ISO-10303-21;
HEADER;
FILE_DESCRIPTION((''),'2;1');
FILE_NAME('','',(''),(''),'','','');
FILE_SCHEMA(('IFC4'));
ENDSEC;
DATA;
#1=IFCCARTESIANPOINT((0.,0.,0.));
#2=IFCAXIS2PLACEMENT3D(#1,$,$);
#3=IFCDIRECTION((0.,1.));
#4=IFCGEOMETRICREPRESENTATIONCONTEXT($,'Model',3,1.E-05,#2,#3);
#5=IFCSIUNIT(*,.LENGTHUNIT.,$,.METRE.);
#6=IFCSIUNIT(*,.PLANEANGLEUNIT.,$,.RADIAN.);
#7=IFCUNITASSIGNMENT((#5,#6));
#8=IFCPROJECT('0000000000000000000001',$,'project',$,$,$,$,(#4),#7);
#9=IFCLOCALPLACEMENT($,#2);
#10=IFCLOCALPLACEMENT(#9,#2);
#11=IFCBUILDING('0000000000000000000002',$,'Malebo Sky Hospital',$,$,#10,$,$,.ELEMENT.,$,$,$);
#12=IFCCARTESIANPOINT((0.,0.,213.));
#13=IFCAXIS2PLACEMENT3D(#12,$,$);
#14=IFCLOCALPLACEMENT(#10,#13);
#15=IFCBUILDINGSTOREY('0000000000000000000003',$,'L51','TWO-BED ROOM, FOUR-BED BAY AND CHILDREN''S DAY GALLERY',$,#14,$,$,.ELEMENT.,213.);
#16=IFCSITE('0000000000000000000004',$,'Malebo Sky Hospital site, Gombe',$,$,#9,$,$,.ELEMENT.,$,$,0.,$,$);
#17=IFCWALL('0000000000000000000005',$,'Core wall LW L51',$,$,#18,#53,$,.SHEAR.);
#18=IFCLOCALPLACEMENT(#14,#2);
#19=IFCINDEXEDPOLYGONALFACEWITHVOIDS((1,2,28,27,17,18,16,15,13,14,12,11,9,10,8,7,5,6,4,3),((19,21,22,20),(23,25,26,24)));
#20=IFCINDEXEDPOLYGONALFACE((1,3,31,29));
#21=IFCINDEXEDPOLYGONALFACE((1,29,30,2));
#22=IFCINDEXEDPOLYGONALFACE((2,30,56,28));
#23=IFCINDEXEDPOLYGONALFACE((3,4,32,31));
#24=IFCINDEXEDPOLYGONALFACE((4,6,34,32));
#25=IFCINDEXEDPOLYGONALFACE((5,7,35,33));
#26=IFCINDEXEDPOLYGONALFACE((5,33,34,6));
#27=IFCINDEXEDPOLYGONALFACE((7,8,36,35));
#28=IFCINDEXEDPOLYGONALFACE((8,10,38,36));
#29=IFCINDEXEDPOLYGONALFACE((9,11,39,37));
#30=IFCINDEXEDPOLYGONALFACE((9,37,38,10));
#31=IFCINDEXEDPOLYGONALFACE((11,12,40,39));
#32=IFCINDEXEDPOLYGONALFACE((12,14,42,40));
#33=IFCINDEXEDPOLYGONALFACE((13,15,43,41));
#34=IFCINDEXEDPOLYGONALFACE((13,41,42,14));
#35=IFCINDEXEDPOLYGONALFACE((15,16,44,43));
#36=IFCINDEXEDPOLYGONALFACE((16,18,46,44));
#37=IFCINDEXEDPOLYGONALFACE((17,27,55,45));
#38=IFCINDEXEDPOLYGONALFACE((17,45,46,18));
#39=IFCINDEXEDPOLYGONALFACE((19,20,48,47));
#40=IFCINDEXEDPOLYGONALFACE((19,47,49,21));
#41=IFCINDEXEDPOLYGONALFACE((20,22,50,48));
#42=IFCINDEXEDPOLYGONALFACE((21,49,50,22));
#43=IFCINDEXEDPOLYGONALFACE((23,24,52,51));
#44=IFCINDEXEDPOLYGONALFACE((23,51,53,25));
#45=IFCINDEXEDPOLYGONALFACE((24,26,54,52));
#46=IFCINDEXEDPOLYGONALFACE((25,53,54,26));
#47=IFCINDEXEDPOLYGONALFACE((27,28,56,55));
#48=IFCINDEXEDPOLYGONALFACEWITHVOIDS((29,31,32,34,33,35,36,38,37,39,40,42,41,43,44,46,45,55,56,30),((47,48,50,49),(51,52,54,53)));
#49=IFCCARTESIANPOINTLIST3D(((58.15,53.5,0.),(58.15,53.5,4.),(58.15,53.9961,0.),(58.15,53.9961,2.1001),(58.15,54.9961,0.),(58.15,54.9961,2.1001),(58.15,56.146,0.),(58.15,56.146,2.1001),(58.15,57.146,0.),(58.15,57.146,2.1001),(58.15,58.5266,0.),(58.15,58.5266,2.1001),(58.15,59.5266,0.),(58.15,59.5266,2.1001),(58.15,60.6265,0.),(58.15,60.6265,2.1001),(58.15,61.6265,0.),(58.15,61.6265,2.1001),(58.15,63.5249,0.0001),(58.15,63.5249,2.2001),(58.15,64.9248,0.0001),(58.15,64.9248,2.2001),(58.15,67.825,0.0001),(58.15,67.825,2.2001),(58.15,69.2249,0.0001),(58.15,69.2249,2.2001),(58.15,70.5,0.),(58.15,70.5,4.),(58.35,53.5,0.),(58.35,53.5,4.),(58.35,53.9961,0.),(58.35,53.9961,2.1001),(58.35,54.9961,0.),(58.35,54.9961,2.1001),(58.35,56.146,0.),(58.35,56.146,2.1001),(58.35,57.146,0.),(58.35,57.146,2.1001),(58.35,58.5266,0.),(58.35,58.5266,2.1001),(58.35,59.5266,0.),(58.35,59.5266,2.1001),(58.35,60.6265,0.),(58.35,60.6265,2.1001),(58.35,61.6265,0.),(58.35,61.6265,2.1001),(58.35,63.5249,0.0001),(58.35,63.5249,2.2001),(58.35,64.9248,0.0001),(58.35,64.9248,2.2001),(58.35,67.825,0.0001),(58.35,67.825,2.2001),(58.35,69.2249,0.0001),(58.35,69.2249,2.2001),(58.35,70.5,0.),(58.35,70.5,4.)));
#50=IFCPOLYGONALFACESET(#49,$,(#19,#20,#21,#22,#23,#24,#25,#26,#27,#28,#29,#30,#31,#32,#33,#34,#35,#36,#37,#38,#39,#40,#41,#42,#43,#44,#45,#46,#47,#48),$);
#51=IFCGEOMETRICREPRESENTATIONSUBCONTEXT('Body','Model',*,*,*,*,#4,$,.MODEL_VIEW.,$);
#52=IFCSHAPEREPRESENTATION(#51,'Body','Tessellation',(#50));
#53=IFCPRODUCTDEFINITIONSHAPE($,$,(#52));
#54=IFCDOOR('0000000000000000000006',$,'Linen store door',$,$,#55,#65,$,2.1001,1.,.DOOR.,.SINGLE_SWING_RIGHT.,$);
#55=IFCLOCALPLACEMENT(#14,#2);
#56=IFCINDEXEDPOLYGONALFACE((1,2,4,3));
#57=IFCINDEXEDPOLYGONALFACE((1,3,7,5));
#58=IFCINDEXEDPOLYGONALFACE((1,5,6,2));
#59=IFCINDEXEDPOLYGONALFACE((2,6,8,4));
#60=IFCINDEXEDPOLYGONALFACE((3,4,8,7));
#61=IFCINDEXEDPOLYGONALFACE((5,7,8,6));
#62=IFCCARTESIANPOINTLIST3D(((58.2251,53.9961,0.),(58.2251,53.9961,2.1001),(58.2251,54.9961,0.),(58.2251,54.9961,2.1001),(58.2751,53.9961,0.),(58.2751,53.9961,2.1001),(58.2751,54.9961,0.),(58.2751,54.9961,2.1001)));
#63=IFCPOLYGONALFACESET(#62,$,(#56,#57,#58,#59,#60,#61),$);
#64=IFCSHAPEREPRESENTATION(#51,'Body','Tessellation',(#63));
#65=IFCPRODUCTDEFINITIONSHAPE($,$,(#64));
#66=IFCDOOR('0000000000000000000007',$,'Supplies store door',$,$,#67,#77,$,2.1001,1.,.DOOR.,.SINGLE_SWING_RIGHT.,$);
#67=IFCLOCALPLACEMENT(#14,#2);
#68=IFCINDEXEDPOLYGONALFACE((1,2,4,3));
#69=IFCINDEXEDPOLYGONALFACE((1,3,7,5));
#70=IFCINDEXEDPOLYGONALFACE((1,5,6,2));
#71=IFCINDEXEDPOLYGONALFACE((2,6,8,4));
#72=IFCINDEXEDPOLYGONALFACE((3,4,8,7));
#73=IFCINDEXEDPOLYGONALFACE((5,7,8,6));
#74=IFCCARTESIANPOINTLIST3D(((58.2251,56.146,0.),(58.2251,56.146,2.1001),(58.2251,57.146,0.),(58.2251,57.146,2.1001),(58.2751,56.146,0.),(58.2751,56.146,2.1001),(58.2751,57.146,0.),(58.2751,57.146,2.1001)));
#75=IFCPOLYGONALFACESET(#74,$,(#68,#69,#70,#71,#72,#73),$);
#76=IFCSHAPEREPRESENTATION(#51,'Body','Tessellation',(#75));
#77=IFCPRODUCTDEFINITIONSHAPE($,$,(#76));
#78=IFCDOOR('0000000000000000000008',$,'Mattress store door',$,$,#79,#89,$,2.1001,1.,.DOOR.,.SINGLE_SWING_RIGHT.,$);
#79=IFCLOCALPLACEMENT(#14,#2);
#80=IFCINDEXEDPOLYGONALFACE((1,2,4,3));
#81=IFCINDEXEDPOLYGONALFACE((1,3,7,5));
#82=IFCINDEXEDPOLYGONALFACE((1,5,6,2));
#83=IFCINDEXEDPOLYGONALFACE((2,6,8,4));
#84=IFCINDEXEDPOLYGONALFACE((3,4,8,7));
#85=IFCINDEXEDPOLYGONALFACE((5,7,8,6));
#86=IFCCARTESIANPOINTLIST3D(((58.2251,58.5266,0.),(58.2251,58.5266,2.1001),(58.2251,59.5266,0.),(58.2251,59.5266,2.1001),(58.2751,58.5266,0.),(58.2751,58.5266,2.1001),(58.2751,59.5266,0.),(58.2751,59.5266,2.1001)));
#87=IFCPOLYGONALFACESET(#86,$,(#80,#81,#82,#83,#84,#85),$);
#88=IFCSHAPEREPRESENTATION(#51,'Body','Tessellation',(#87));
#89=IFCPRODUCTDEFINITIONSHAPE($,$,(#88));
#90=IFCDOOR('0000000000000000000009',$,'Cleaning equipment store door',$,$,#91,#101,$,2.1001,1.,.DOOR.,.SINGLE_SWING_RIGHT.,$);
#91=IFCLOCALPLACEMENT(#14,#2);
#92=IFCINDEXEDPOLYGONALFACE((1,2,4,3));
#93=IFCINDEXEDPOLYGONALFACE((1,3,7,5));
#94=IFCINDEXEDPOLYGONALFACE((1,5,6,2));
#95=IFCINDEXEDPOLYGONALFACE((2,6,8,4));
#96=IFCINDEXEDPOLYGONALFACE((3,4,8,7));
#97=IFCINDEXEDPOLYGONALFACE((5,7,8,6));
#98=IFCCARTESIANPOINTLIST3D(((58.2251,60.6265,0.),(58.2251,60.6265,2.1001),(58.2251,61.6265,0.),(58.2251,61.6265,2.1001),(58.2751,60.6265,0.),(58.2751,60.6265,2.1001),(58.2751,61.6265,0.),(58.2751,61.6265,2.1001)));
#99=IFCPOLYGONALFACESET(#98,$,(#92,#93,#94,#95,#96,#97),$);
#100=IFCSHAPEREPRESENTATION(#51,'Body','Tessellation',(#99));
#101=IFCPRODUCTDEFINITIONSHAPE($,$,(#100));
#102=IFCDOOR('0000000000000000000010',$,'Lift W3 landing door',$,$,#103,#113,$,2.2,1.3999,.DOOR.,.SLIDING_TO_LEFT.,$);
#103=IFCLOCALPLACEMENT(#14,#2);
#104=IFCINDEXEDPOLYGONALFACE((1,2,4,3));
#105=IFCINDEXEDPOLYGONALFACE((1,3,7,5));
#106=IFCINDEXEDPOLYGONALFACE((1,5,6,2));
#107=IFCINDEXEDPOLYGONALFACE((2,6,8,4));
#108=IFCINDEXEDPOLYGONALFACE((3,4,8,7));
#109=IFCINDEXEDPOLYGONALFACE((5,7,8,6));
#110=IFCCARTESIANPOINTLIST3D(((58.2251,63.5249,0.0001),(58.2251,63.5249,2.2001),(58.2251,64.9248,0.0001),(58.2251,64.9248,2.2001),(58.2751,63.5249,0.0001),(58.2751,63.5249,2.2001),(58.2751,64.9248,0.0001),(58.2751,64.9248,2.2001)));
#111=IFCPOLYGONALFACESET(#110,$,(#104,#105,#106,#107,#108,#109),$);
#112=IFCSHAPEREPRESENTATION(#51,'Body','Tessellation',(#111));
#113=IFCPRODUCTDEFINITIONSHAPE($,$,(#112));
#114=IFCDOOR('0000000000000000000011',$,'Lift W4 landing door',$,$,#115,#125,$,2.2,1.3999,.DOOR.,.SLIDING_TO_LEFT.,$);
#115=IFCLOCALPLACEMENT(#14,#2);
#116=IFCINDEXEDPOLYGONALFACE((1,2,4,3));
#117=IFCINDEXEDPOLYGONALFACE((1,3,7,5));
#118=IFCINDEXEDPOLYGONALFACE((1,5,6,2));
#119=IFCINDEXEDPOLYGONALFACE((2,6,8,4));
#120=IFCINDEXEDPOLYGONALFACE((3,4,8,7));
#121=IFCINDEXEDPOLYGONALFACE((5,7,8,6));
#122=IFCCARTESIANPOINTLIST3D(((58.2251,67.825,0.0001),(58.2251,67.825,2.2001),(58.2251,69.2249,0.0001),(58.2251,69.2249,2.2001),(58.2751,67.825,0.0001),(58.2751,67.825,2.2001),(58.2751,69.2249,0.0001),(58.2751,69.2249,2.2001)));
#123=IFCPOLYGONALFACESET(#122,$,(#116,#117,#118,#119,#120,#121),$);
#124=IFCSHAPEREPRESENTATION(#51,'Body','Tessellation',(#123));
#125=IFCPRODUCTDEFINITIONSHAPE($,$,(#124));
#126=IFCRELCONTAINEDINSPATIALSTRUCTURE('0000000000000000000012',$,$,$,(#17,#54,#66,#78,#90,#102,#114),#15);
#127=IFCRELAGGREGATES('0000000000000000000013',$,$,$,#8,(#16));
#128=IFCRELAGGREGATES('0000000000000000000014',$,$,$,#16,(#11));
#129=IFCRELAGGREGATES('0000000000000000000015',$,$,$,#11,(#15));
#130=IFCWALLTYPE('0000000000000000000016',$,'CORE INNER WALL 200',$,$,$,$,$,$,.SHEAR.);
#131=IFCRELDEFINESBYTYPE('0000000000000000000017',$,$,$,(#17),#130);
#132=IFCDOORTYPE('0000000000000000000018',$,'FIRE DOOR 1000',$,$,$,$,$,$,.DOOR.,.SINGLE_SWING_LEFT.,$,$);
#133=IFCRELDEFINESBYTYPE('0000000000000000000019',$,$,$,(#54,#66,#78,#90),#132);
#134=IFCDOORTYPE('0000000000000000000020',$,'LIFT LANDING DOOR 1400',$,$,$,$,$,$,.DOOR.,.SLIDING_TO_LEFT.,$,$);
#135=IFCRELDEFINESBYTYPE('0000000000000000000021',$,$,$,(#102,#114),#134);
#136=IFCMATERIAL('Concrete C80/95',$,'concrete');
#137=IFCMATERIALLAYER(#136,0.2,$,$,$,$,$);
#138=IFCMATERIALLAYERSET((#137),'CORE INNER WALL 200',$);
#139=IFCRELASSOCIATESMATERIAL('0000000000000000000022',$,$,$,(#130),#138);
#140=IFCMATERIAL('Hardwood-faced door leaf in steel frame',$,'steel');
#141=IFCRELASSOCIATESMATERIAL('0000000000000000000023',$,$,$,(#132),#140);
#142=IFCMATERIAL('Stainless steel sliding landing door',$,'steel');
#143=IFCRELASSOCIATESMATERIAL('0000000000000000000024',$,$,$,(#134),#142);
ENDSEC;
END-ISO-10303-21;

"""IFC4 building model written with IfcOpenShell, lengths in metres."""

from ifc_helpers import new_model, si_unit, direction, frame, frame_2d, origin, place, context, subcontext, project, spatial, rectangle, extrude, material, layer, layer_set, type_object, element, fill, save


model = new_model("IFC4")

# Units and contexts
model_context = context("Model", 3, precision=1e-05, world=origin(), true_north=direction((0.0, 1.0)))
body_context = subcontext(model_context, "Body", "Model", "MODEL_VIEW")
ifc_project = project(units=[si_unit("LENGTHUNIT", "METRE"), si_unit("PLANEANGLEUNIT", "RADIAN")], contexts=[model_context])

# Site, building, storey
site_placement = place(None, origin())
site = spatial("IfcSite", under=ifc_project, at=site_placement, Name="Malebo Sky Hospital site, Gombe", CompositionType="ELEMENT", RefElevation=0.0)
building_placement = place(site_placement, origin())
building = spatial("IfcBuilding", under=site, at=building_placement, Name="Malebo Sky Hospital", CompositionType="ELEMENT")
storey_placement = place(building_placement, frame((0.0, 0.0, 213.0)))
storey = spatial("IfcBuildingStorey", under=building, at=storey_placement, Name="L51", Description="TWO-BED ROOM, FOUR-BED BAY AND CHILDREN'S DAY GALLERY", CompositionType="ELEMENT", Elevation=213.0)

# Wall, openings, doors
ifc_material_1 = material(Name="Concrete C80/95", Category="concrete")
ifc_layer_1 = layer(ifc_material_1, 0.2)
ifc_layer_set_1 = layer_set([ifc_layer_1], Name="CORE INNER WALL 200")
wall_type_1 = type_object("IfcWallType", Name="CORE INNER WALL 200", PredefinedType="SHEAR", material=ifc_layer_set_1)
wall_1_placement = place(storey_placement, frame((58.25, 53.5, 0.0), z_axis=(0.0, 0.0, 1.0), x_axis=(0.0, 1.0, 0.0)))
wall_1 = element("IfcWall", 1, at=wall_1_placement, inside=storey, type_object=wall_type_1, Name="Core wall LW L51", PredefinedType="SHEAR", context=body_context, shape_type="SweptSolid", body=[
    extrude(rectangle(XDim=17.0, YDim=0.2, at=frame_2d((8.5, 0.0))), origin(), (0.0, 0.0, 1.0), 4.0),
])
opening_1_placement = place(wall_1_placement, frame((0.4961, 0.0, 0.0)))
opening_1 = element("IfcOpeningElement", 2, at=opening_1_placement, cuts=wall_1, PredefinedType="OPENING", context=body_context, shape_type="SweptSolid", body=[
    extrude(rectangle(XDim=1.0, YDim=2.1001, at=frame_2d((0.5, 1.05))), frame((0.0, 0.1099, 0.0), z_axis=(0.0, -1.0, 0.0), x_axis=(1.0, 0.0, 0.0)), (0.0, 0.0, 1.0), 0.22),
])
opening_2_placement = place(wall_1_placement, frame((2.646, 0.0, 0.0)))
opening_2 = element("IfcOpeningElement", 3, at=opening_2_placement, cuts=wall_1, PredefinedType="OPENING", context=body_context, shape_type="SweptSolid", body=[
    extrude(rectangle(XDim=1.0, YDim=2.1001, at=frame_2d((0.5, 1.05))), frame((0.0, 0.1099, 0.0), z_axis=(0.0, -1.0, 0.0), x_axis=(1.0, 0.0, 0.0)), (0.0, 0.0, 1.0), 0.22),
])
opening_3_placement = place(wall_1_placement, frame((5.0266, 0.0, 0.0)))
opening_3 = element("IfcOpeningElement", 4, at=opening_3_placement, cuts=wall_1, PredefinedType="OPENING", context=body_context, shape_type="SweptSolid", body=[
    extrude(rectangle(XDim=1.0, YDim=2.1001, at=frame_2d((0.5, 1.05))), frame((0.0, 0.1099, 0.0), z_axis=(0.0, -1.0, 0.0), x_axis=(1.0, 0.0, 0.0)), (0.0, 0.0, 1.0), 0.22),
])
opening_4_placement = place(wall_1_placement, frame((7.1265, 0.0, 0.0)))
opening_4 = element("IfcOpeningElement", 5, at=opening_4_placement, cuts=wall_1, PredefinedType="OPENING", context=body_context, shape_type="SweptSolid", body=[
    extrude(rectangle(XDim=1.0, YDim=2.1001, at=frame_2d((0.5, 1.05))), frame((0.0, 0.1099, 0.0), z_axis=(0.0, -1.0, 0.0), x_axis=(1.0, 0.0, 0.0)), (0.0, 0.0, 1.0), 0.22),
])
opening_5_placement = place(wall_1_placement, frame((10.0249, 0.0, 0.0)))
opening_5 = element("IfcOpeningElement", 6, at=opening_5_placement, cuts=wall_1, PredefinedType="OPENING", context=body_context, shape_type="SweptSolid", body=[
    extrude(rectangle(XDim=1.3999, YDim=2.2, at=frame_2d((0.7, 1.1001))), frame((0.0, 0.1099, 0.0), z_axis=(0.0, -1.0, 0.0), x_axis=(1.0, 0.0, 0.0)), (0.0, 0.0, 1.0), 0.22),
])
opening_6_placement = place(wall_1_placement, frame((14.325, 0.0, 0.0)))
opening_6 = element("IfcOpeningElement", 7, at=opening_6_placement, cuts=wall_1, PredefinedType="OPENING", context=body_context, shape_type="SweptSolid", body=[
    extrude(rectangle(XDim=1.3999, YDim=2.2, at=frame_2d((0.7, 1.1001))), frame((0.0, 0.1099, 0.0), z_axis=(0.0, -1.0, 0.0), x_axis=(1.0, 0.0, 0.0)), (0.0, 0.0, 1.0), 0.22),
])
ifc_material_2 = material(Name="Hardwood-faced door leaf in steel frame", Category="steel")
door_type_1 = type_object("IfcDoorType", Name="FIRE DOOR 1000", OperationType="SINGLE_SWING_LEFT", PredefinedType="DOOR", material=ifc_material_2)
door_1_placement = place(opening_1_placement, origin())
door_1 = element("IfcDoor", 8, at=door_1_placement, inside=storey, type_object=door_type_1, Name="Linen store door", OperationType="SINGLE_SWING_RIGHT", OverallHeight=2.1001, OverallWidth=1.0, PredefinedType="DOOR", context=body_context, shape_type="SweptSolid", body=[
    extrude(rectangle(XDim=1.0, YDim=2.1001, at=frame_2d((0.5, 1.05))), frame((0.0, 0.0249, 0.0), z_axis=(0.0, -1.0, 0.0), x_axis=(1.0, 0.0, 0.0)), (0.0, 0.0, 1.0), 0.05),
])
fill(opening_1, door_1)
door_2_placement = place(opening_2_placement, origin())
door_2 = element("IfcDoor", 9, at=door_2_placement, inside=storey, type_object=door_type_1, Name="Supplies store door", OperationType="SINGLE_SWING_RIGHT", OverallHeight=2.1001, OverallWidth=1.0, PredefinedType="DOOR", context=body_context, shape_type="SweptSolid", body=[
    extrude(rectangle(XDim=1.0, YDim=2.1001, at=frame_2d((0.5, 1.05))), frame((0.0, 0.0249, 0.0), z_axis=(0.0, -1.0, 0.0), x_axis=(1.0, 0.0, 0.0)), (0.0, 0.0, 1.0), 0.05),
])
fill(opening_2, door_2)
door_3_placement = place(opening_3_placement, origin())
door_3 = element("IfcDoor", 10, at=door_3_placement, inside=storey, type_object=door_type_1, Name="Mattress store door", OperationType="SINGLE_SWING_RIGHT", OverallHeight=2.1001, OverallWidth=1.0, PredefinedType="DOOR", context=body_context, shape_type="SweptSolid", body=[
    extrude(rectangle(XDim=1.0, YDim=2.1001, at=frame_2d((0.5, 1.05))), frame((0.0, 0.0249, 0.0), z_axis=(0.0, -1.0, 0.0), x_axis=(1.0, 0.0, 0.0)), (0.0, 0.0, 1.0), 0.05),
])
fill(opening_3, door_3)
door_4_placement = place(opening_4_placement, origin())
door_4 = element("IfcDoor", 11, at=door_4_placement, inside=storey, type_object=door_type_1, Name="Cleaning equipment store door", OperationType="SINGLE_SWING_RIGHT", OverallHeight=2.1001, OverallWidth=1.0, PredefinedType="DOOR", context=body_context, shape_type="SweptSolid", body=[
    extrude(rectangle(XDim=1.0, YDim=2.1001, at=frame_2d((0.5, 1.05))), frame((0.0, 0.0249, 0.0), z_axis=(0.0, -1.0, 0.0), x_axis=(1.0, 0.0, 0.0)), (0.0, 0.0, 1.0), 0.05),
])
fill(opening_4, door_4)
ifc_material_3 = material(Name="Stainless steel sliding landing door", Category="steel")
door_type_2 = type_object("IfcDoorType", Name="LIFT LANDING DOOR 1400", OperationType="SLIDING_TO_LEFT", PredefinedType="DOOR", material=ifc_material_3)
door_5_placement = place(opening_5_placement, origin())
door_5 = element("IfcDoor", 12, at=door_5_placement, inside=storey, type_object=door_type_2, Name="Lift W3 landing door", OperationType="SLIDING_TO_LEFT", OverallHeight=2.2, OverallWidth=1.3999, PredefinedType="DOOR", context=body_context, shape_type="SweptSolid", body=[
    extrude(rectangle(XDim=1.3999, YDim=2.2, at=frame_2d((0.7, 1.1001))), frame((0.0, 0.0249, 0.0), z_axis=(0.0, -1.0, 0.0), x_axis=(1.0, 0.0, 0.0)), (0.0, 0.0, 1.0), 0.05),
])
fill(opening_5, door_5)
door_6_placement = place(opening_6_placement, origin())
door_6 = element("IfcDoor", 13, at=door_6_placement, inside=storey, type_object=door_type_2, Name="Lift W4 landing door", OperationType="SLIDING_TO_LEFT", OverallHeight=2.2, OverallWidth=1.3999, PredefinedType="DOOR", context=body_context, shape_type="SweptSolid", body=[
    extrude(rectangle(XDim=1.3999, YDim=2.2, at=frame_2d((0.7, 1.1001))), frame((0.0, 0.0249, 0.0), z_axis=(0.0, -1.0, 0.0), x_axis=(1.0, 0.0, 0.0)), (0.0, 0.0, 1.0), 0.05),
])
fill(opening_6, door_6)

save(model, "model.ifc")
